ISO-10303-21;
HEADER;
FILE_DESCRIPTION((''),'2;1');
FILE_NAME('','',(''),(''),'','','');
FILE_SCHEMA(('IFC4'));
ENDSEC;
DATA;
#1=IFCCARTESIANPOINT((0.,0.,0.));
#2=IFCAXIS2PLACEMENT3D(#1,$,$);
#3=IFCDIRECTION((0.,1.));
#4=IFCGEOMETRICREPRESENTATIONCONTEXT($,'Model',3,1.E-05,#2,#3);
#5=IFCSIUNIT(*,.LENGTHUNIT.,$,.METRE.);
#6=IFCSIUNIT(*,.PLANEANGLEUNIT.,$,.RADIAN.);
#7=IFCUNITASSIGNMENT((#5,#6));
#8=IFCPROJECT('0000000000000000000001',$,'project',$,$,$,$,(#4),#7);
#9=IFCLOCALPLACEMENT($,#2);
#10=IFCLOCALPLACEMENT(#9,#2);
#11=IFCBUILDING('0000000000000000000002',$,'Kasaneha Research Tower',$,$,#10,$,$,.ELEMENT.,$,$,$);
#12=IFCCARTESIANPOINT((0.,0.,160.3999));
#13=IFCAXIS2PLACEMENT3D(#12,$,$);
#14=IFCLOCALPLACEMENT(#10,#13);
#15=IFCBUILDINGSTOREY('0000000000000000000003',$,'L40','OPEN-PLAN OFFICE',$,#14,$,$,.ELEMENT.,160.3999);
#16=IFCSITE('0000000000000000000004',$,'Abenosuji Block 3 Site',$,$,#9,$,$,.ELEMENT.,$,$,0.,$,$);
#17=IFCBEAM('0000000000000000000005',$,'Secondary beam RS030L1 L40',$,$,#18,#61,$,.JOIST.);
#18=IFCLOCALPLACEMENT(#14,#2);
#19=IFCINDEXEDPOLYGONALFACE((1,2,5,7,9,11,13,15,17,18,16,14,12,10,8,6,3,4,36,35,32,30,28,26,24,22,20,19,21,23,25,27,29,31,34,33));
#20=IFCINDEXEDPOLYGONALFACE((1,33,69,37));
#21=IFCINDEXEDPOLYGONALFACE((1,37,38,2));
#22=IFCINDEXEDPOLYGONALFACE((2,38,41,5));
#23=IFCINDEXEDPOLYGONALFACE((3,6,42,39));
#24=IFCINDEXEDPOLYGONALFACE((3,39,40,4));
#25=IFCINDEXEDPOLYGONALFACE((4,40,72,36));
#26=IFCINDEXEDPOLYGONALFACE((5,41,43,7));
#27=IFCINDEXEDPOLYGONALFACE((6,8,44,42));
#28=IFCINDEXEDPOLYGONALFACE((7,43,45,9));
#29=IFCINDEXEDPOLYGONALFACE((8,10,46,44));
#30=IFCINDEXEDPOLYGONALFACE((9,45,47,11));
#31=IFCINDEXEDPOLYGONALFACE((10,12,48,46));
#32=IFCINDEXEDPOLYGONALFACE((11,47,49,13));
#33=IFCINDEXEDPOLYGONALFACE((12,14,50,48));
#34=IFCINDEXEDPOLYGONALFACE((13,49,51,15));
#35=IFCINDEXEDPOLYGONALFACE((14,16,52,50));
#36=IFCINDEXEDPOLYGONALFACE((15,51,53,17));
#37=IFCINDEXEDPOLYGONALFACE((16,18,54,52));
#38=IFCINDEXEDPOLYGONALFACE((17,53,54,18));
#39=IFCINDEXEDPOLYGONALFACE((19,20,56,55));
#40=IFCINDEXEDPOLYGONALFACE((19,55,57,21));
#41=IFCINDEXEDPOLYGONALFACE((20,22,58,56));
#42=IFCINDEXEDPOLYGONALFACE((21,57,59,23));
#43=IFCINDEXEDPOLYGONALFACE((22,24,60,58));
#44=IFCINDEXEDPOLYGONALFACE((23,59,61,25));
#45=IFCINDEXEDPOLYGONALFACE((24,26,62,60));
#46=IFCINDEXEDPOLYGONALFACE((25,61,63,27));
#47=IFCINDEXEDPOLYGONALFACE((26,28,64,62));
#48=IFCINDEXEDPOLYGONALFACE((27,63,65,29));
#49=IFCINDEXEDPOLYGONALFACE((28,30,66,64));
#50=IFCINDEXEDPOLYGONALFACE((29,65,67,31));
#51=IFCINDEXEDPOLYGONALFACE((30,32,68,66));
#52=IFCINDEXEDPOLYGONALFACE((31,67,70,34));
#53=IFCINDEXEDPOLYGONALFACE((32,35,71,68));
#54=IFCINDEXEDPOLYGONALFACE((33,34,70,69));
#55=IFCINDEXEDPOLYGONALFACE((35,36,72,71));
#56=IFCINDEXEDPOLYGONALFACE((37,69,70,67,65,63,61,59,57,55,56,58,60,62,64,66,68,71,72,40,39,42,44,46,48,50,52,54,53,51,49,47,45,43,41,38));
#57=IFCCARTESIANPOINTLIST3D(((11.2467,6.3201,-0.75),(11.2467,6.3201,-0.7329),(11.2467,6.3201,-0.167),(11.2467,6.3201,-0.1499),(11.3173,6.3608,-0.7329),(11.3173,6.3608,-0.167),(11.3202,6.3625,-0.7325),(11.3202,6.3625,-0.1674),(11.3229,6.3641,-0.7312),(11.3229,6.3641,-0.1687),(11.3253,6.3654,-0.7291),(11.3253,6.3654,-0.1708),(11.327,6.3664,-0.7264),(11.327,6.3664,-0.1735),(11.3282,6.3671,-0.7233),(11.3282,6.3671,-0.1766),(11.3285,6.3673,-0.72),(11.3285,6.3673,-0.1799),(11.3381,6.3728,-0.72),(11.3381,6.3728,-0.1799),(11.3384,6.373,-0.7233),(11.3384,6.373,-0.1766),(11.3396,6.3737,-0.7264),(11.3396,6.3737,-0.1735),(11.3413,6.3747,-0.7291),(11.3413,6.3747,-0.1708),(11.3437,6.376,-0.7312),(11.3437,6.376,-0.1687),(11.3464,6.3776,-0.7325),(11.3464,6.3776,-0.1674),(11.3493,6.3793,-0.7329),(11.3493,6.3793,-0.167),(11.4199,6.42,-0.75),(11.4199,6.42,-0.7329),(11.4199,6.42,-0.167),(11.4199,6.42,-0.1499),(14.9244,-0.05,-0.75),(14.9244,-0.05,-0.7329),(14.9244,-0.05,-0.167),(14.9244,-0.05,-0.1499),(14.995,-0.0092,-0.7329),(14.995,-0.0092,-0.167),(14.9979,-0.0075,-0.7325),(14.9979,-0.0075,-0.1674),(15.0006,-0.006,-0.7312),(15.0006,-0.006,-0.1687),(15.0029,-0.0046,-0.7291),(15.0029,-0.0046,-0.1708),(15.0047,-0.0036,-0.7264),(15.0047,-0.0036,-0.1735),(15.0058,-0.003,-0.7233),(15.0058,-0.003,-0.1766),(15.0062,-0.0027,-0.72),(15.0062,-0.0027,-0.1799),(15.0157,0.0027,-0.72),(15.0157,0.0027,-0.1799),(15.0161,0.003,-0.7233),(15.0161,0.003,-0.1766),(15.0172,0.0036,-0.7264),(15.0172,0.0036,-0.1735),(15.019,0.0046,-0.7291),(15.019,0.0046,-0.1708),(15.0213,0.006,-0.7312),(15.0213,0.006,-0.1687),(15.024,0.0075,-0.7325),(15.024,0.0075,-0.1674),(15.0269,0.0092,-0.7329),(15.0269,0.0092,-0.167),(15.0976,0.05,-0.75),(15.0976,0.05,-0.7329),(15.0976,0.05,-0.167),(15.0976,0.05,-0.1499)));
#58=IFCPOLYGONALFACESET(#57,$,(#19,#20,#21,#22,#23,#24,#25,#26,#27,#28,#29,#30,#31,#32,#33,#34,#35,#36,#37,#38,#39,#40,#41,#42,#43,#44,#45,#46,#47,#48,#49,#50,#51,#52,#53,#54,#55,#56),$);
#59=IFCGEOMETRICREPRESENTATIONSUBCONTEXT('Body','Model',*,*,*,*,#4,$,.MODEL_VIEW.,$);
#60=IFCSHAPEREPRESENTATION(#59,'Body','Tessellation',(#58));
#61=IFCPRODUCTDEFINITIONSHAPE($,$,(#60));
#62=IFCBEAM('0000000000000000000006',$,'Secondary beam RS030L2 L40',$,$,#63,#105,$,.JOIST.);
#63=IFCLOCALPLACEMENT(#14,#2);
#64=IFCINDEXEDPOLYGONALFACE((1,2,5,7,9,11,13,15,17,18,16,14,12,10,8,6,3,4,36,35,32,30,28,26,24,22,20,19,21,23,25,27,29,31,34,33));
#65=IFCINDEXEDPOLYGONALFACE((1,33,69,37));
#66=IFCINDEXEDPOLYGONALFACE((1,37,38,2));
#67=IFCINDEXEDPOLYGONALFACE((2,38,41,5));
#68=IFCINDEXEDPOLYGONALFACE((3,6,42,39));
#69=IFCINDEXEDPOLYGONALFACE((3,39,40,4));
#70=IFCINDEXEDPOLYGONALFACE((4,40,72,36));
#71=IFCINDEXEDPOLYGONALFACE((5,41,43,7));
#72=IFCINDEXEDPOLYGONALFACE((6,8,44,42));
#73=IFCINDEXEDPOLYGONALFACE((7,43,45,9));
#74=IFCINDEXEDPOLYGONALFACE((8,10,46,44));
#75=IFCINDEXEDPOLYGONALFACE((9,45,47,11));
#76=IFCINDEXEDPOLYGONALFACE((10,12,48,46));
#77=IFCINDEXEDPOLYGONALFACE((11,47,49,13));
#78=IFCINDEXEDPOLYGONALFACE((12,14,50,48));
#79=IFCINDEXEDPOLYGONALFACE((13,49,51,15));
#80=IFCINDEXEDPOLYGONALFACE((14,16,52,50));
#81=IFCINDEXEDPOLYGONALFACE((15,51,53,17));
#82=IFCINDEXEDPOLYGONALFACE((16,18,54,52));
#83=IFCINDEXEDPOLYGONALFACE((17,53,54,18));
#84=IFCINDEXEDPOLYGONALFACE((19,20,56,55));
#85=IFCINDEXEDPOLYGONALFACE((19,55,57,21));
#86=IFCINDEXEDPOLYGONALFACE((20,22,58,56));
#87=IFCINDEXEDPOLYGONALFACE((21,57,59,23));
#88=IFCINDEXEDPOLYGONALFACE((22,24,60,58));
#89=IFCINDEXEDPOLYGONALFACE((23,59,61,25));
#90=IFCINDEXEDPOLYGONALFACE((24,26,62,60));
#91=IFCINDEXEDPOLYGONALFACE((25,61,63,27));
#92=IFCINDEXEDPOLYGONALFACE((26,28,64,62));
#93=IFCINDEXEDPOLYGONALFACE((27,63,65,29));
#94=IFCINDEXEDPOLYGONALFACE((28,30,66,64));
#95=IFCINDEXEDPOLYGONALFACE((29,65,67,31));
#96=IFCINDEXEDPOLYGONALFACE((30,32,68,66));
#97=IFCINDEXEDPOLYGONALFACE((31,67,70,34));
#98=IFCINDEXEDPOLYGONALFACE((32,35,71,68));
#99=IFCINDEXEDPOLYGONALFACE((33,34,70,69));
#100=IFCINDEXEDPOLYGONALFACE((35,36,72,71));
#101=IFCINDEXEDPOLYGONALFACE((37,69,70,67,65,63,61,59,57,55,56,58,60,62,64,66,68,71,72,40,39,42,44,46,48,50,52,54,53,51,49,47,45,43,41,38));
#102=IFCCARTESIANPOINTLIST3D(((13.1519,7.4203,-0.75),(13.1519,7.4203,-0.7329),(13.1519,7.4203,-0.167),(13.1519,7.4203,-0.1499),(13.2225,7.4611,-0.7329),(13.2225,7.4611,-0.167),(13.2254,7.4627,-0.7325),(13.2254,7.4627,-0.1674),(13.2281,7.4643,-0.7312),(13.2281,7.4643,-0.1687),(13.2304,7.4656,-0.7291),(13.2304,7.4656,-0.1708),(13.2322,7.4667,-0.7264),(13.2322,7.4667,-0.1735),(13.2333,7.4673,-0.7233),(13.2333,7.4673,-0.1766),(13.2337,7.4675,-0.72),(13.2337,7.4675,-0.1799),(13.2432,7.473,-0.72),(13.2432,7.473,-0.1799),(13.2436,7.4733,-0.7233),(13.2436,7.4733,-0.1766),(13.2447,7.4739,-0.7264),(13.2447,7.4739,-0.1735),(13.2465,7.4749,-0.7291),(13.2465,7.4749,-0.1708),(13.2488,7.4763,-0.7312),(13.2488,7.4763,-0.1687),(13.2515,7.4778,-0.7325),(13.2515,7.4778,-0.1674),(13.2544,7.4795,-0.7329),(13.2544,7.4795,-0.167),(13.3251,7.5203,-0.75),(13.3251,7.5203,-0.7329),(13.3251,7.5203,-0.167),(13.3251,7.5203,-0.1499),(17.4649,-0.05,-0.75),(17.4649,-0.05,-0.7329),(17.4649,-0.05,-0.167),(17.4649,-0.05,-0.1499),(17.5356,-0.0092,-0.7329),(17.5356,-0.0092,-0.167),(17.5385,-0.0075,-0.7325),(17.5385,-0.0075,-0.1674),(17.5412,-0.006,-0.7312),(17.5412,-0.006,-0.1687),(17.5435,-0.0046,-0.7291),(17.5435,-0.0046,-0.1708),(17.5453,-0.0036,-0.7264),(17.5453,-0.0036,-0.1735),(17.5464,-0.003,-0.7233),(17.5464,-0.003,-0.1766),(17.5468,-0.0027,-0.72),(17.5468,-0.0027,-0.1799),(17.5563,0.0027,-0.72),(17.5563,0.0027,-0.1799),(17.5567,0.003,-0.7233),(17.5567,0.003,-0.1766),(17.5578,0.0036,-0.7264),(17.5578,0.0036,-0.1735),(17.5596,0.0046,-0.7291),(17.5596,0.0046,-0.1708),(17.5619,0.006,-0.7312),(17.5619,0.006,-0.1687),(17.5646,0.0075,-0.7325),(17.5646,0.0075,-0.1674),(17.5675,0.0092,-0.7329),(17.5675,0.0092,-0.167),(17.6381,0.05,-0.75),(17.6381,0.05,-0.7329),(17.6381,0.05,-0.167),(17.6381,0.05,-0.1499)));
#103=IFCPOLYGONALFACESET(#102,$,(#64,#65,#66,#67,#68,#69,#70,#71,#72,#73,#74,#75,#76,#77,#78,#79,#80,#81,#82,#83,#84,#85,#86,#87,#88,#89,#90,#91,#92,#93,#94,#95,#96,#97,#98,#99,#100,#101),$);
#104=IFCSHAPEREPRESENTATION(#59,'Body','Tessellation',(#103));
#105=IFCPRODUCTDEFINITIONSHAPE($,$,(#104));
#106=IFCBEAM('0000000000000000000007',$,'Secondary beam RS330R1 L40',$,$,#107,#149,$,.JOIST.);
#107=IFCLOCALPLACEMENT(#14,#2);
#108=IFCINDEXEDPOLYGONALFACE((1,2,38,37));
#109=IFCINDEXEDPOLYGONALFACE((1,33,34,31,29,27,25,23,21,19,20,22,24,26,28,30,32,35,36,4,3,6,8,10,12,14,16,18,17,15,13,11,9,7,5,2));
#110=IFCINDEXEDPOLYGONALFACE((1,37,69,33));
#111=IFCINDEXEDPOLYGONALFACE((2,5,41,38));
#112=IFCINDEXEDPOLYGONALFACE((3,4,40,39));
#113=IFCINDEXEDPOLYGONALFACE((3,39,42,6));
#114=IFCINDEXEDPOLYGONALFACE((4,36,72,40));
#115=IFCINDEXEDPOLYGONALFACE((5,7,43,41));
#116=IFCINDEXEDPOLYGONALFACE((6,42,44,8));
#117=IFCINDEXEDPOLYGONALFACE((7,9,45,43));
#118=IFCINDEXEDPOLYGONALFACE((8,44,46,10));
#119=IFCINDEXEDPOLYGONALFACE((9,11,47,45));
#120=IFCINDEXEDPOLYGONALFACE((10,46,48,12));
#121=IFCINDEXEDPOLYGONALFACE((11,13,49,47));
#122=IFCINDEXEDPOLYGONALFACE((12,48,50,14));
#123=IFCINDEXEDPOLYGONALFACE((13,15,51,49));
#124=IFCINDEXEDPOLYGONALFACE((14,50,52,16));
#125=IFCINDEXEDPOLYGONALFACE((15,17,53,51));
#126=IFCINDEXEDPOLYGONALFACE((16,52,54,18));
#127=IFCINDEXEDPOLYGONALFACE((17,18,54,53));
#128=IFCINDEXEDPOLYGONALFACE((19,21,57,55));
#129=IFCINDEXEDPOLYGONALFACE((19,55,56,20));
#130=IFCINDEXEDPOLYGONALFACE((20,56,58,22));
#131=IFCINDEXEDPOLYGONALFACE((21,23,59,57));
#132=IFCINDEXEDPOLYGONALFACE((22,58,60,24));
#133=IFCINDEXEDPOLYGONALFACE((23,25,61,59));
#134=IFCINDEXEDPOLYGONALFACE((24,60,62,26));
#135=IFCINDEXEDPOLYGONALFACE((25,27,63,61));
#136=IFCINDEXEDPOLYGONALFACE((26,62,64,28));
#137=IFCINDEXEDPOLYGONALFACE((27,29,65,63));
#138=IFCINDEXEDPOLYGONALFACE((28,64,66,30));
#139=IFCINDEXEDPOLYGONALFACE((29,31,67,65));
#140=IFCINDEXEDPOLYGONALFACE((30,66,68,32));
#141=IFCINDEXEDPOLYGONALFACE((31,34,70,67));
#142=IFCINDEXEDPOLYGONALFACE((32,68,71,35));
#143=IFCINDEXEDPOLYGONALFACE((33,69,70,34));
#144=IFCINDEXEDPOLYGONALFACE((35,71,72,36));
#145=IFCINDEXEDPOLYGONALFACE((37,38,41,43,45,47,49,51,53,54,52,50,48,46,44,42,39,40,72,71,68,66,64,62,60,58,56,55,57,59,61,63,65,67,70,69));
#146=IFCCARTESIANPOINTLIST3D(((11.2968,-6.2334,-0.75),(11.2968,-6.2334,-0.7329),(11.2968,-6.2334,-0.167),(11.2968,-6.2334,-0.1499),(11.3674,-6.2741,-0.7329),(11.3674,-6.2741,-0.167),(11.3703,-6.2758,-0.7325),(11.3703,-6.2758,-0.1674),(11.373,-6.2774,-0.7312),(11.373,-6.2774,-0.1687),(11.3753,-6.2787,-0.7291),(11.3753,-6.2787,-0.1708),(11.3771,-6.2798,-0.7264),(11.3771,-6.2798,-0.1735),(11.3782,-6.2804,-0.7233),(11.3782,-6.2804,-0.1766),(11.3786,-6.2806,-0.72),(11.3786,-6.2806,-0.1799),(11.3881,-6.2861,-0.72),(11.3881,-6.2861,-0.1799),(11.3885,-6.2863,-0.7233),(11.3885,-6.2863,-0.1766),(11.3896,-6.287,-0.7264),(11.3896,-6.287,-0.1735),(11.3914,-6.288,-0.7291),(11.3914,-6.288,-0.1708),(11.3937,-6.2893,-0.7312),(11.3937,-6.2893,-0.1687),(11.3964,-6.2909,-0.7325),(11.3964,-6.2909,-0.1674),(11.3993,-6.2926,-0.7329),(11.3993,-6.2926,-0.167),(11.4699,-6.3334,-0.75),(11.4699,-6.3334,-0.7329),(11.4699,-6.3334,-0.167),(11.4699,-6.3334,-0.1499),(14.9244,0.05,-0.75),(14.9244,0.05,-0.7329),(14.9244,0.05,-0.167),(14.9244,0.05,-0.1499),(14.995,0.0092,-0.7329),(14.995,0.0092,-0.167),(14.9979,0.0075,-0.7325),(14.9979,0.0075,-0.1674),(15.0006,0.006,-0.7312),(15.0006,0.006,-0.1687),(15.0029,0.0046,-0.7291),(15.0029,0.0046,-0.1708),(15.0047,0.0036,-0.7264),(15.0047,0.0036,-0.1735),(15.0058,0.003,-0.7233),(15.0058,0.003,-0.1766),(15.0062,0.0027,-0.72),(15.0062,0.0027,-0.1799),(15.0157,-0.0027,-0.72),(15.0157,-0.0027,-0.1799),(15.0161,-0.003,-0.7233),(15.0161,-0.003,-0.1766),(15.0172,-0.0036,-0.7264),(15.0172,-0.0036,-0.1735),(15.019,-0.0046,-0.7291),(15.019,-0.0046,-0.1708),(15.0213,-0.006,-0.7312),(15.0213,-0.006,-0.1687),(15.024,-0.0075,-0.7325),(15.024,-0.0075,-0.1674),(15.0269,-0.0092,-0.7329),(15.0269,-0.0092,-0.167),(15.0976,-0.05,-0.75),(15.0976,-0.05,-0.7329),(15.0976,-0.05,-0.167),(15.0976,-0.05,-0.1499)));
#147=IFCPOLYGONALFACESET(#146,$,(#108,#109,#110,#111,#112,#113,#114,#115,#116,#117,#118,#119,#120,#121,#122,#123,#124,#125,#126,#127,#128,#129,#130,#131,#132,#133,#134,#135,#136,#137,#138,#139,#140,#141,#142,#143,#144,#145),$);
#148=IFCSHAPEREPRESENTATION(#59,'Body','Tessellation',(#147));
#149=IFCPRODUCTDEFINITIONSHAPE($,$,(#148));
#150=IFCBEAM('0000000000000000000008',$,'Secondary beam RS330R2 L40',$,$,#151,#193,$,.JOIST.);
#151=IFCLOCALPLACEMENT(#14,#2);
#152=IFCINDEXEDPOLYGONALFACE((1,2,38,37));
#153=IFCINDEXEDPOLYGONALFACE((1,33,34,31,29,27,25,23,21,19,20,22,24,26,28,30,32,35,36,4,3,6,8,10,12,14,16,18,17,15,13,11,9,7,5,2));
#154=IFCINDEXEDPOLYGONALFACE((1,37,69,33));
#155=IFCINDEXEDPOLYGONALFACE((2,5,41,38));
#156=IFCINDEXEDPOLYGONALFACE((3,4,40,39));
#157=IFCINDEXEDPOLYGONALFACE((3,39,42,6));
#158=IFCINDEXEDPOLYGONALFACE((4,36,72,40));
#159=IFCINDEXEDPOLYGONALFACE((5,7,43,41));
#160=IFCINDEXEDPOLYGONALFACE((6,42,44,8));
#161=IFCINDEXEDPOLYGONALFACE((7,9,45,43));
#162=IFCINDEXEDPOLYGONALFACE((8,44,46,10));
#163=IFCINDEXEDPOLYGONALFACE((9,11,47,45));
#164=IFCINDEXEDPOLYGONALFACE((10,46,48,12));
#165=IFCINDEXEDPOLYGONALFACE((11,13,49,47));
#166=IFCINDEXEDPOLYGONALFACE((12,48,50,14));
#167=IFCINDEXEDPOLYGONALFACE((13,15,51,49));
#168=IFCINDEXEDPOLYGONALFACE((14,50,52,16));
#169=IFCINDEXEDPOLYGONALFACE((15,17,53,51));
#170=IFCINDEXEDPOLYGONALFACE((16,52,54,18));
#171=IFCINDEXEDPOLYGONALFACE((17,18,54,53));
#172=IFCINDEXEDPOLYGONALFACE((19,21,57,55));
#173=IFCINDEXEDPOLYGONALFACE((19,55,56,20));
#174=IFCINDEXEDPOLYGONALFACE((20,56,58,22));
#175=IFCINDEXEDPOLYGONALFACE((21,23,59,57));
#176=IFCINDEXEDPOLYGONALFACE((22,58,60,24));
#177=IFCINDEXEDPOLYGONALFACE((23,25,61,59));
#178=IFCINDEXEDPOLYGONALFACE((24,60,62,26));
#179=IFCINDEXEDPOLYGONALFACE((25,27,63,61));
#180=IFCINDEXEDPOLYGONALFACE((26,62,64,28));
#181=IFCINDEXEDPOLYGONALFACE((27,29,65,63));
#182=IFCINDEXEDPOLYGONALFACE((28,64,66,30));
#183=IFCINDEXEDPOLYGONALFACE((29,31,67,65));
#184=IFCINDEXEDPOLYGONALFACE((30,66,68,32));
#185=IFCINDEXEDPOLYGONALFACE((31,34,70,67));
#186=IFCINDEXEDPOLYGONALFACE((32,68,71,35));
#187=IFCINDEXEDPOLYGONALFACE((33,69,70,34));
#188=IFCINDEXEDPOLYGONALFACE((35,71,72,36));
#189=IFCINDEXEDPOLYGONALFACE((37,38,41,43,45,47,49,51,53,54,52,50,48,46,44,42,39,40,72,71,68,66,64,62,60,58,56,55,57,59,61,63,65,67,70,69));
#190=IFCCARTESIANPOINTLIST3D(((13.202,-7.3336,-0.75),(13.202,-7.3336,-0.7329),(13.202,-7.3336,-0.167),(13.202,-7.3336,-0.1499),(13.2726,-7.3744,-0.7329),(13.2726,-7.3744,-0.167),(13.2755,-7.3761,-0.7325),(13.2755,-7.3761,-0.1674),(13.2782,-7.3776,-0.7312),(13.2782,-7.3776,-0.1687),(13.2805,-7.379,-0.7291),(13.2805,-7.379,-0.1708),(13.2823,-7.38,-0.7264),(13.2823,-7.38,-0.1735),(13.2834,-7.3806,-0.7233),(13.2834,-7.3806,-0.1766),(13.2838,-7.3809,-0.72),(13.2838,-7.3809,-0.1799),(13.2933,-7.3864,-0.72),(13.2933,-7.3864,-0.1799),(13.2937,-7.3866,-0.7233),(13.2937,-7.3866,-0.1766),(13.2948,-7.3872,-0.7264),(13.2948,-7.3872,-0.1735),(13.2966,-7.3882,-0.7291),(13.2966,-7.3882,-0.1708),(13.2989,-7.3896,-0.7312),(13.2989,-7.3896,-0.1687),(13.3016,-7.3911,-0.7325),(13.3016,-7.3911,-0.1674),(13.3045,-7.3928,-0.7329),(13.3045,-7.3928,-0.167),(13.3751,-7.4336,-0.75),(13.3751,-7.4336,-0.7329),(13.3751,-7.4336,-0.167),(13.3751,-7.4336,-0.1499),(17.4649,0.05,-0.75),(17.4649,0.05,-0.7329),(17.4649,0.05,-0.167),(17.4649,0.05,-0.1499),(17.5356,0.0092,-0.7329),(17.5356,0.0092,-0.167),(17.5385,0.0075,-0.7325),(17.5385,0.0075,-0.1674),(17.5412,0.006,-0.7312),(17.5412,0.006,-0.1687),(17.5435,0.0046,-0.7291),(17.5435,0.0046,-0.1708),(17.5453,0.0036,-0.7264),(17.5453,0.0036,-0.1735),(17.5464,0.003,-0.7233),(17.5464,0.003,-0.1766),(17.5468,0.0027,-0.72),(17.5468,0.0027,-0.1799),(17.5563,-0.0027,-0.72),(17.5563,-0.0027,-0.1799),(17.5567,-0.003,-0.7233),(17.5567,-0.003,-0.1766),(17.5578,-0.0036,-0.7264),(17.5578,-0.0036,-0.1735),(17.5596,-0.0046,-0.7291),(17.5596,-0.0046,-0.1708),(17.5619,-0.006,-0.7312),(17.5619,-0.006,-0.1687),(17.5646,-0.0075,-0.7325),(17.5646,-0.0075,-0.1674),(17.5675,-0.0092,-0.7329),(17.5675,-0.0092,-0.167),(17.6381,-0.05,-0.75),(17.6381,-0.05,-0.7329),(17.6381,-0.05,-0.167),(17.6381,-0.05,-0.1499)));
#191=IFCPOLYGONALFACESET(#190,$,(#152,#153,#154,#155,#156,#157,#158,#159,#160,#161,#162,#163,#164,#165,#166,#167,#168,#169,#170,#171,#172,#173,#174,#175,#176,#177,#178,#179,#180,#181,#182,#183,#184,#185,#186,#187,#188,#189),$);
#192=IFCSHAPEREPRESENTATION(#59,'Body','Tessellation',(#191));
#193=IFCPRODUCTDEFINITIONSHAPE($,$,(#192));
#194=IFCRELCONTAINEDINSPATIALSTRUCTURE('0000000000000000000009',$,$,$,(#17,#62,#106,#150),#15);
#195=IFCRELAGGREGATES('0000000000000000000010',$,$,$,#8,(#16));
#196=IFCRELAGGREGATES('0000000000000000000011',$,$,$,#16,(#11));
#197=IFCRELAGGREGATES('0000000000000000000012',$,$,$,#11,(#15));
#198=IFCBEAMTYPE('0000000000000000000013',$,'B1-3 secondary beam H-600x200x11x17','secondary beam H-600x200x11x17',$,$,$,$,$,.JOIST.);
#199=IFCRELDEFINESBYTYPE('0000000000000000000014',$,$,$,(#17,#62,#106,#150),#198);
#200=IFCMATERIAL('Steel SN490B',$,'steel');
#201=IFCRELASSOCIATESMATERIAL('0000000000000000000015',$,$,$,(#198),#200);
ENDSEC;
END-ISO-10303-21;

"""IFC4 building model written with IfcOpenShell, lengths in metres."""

from ifc_helpers import new_model, si_unit, direction, frame, origin, origin_2d, place, context, subcontext, project, spatial, i_section, extrude, material, material_profile, profile_set, type_object, element, save


model = new_model("IFC4")

# Units and contexts
model_context = context("Model", 3, precision=1e-05, world=origin(), true_north=direction((0.0, 1.0)))
body_context = subcontext(model_context, "Body", "Model", "MODEL_VIEW")
ifc_project = project(units=[si_unit("LENGTHUNIT", "METRE"), si_unit("PLANEANGLEUNIT", "RADIAN")], contexts=[model_context])

# Site, building, storey
site_placement = place(None, origin())
site = spatial("IfcSite", under=ifc_project, at=site_placement, Name="Abenosuji Block 3 Site", CompositionType="ELEMENT", RefElevation=0.0)
building_placement = place(site_placement, origin())
building = spatial("IfcBuilding", under=site, at=building_placement, Name="Kasaneha Research Tower", CompositionType="ELEMENT")
storey_placement = place(building_placement, frame((0.0, 0.0, 160.3999)))
storey = spatial("IfcBuildingStorey", under=building, at=storey_placement, Name="L40", Description="OPEN-PLAN OFFICE", CompositionType="ELEMENT", Elevation=160.3999)

# Beams
ifc_material_1 = material(Name="Steel SN490B", Category="steel")
ifc_material_profile_1 = material_profile(ifc_material_1, i_section(OverallWidth=0.2, OverallDepth=0.6001, WebThickness=0.011, FlangeThickness=0.0171, FilletRadius=0.0129, at=origin_2d()), Name="H-600x200x11x17")
ifc_profile_set_1 = profile_set([ifc_material_profile_1], Name="Steel SN490B")
beam_type_1 = type_object("IfcBeamType", Name="B1-3 secondary beam H-600x200x11x17", Description="secondary beam H-600x200x11x17", PredefinedType="JOIST", material=ifc_profile_set_1)
beam_1_placement = place(storey_placement, frame((15.011, 0.0, -0.45), z_axis=(-0.499994, 0.866029, 0.0), x_axis=(-0.866029, -0.499994, 0.0)))
element("IfcBeam", 1, at=beam_1_placement, inside=storey, type_object=beam_type_1, Name="Secondary beam RS030L1 L40", PredefinedType="JOIST", context=body_context, shape_type="SweptSolid", body=[
    extrude(i_section(OverallWidth=0.2, OverallDepth=0.6001, WebThickness=0.011, FlangeThickness=0.0171, FilletRadius=0.0129, at=origin_2d()), origin(), (0.0, 0.0, 1.0), 7.3555),
])
beam_2_placement = place(storey_placement, frame((17.5515, 0.0, -0.45), z_axis=(-0.500005, 0.866023, 0.0), x_axis=(-0.866023, -0.500005, 0.0)))
element("IfcBeam", 2, at=beam_2_placement, inside=storey, type_object=beam_type_1, Name="Secondary beam RS030L2 L40", PredefinedType="JOIST", context=body_context, shape_type="SweptSolid", body=[
    extrude(i_section(OverallWidth=0.2, OverallDepth=0.6001, WebThickness=0.011, FlangeThickness=0.0171, FilletRadius=0.0129, at=origin_2d()), origin(), (0.0, 0.0, 1.0), 8.626),
])
beam_3_placement = place(storey_placement, frame((15.011, 0.0, -0.45), z_axis=(-0.499993, -0.866029, 0.0), x_axis=(0.866029, -0.499993, 0.0)))
element("IfcBeam", 3, at=beam_3_placement, inside=storey, type_object=beam_type_1, Name="Secondary beam RS330R1 L40", PredefinedType="JOIST", context=body_context, shape_type="SweptSolid", body=[
    extrude(i_section(OverallWidth=0.2, OverallDepth=0.6001, WebThickness=0.011, FlangeThickness=0.0171, FilletRadius=0.0129, at=origin_2d()), origin(), (0.0, 0.0, 1.0), 7.2554),
])
beam_4_placement = place(storey_placement, frame((17.5515, 0.0, -0.45), z_axis=(-0.500004, -0.866023, 0.0), x_axis=(0.866023, -0.500004, 0.0)))
element("IfcBeam", 4, at=beam_4_placement, inside=storey, type_object=beam_type_1, Name="Secondary beam RS330R2 L40", PredefinedType="JOIST", context=body_context, shape_type="SweptSolid", body=[
    extrude(i_section(OverallWidth=0.2, OverallDepth=0.6001, WebThickness=0.011, FlangeThickness=0.0171, FilletRadius=0.0129, at=origin_2d()), origin(), (0.0, 0.0, 1.0), 8.5259),
])

save(model, "model.ifc")
